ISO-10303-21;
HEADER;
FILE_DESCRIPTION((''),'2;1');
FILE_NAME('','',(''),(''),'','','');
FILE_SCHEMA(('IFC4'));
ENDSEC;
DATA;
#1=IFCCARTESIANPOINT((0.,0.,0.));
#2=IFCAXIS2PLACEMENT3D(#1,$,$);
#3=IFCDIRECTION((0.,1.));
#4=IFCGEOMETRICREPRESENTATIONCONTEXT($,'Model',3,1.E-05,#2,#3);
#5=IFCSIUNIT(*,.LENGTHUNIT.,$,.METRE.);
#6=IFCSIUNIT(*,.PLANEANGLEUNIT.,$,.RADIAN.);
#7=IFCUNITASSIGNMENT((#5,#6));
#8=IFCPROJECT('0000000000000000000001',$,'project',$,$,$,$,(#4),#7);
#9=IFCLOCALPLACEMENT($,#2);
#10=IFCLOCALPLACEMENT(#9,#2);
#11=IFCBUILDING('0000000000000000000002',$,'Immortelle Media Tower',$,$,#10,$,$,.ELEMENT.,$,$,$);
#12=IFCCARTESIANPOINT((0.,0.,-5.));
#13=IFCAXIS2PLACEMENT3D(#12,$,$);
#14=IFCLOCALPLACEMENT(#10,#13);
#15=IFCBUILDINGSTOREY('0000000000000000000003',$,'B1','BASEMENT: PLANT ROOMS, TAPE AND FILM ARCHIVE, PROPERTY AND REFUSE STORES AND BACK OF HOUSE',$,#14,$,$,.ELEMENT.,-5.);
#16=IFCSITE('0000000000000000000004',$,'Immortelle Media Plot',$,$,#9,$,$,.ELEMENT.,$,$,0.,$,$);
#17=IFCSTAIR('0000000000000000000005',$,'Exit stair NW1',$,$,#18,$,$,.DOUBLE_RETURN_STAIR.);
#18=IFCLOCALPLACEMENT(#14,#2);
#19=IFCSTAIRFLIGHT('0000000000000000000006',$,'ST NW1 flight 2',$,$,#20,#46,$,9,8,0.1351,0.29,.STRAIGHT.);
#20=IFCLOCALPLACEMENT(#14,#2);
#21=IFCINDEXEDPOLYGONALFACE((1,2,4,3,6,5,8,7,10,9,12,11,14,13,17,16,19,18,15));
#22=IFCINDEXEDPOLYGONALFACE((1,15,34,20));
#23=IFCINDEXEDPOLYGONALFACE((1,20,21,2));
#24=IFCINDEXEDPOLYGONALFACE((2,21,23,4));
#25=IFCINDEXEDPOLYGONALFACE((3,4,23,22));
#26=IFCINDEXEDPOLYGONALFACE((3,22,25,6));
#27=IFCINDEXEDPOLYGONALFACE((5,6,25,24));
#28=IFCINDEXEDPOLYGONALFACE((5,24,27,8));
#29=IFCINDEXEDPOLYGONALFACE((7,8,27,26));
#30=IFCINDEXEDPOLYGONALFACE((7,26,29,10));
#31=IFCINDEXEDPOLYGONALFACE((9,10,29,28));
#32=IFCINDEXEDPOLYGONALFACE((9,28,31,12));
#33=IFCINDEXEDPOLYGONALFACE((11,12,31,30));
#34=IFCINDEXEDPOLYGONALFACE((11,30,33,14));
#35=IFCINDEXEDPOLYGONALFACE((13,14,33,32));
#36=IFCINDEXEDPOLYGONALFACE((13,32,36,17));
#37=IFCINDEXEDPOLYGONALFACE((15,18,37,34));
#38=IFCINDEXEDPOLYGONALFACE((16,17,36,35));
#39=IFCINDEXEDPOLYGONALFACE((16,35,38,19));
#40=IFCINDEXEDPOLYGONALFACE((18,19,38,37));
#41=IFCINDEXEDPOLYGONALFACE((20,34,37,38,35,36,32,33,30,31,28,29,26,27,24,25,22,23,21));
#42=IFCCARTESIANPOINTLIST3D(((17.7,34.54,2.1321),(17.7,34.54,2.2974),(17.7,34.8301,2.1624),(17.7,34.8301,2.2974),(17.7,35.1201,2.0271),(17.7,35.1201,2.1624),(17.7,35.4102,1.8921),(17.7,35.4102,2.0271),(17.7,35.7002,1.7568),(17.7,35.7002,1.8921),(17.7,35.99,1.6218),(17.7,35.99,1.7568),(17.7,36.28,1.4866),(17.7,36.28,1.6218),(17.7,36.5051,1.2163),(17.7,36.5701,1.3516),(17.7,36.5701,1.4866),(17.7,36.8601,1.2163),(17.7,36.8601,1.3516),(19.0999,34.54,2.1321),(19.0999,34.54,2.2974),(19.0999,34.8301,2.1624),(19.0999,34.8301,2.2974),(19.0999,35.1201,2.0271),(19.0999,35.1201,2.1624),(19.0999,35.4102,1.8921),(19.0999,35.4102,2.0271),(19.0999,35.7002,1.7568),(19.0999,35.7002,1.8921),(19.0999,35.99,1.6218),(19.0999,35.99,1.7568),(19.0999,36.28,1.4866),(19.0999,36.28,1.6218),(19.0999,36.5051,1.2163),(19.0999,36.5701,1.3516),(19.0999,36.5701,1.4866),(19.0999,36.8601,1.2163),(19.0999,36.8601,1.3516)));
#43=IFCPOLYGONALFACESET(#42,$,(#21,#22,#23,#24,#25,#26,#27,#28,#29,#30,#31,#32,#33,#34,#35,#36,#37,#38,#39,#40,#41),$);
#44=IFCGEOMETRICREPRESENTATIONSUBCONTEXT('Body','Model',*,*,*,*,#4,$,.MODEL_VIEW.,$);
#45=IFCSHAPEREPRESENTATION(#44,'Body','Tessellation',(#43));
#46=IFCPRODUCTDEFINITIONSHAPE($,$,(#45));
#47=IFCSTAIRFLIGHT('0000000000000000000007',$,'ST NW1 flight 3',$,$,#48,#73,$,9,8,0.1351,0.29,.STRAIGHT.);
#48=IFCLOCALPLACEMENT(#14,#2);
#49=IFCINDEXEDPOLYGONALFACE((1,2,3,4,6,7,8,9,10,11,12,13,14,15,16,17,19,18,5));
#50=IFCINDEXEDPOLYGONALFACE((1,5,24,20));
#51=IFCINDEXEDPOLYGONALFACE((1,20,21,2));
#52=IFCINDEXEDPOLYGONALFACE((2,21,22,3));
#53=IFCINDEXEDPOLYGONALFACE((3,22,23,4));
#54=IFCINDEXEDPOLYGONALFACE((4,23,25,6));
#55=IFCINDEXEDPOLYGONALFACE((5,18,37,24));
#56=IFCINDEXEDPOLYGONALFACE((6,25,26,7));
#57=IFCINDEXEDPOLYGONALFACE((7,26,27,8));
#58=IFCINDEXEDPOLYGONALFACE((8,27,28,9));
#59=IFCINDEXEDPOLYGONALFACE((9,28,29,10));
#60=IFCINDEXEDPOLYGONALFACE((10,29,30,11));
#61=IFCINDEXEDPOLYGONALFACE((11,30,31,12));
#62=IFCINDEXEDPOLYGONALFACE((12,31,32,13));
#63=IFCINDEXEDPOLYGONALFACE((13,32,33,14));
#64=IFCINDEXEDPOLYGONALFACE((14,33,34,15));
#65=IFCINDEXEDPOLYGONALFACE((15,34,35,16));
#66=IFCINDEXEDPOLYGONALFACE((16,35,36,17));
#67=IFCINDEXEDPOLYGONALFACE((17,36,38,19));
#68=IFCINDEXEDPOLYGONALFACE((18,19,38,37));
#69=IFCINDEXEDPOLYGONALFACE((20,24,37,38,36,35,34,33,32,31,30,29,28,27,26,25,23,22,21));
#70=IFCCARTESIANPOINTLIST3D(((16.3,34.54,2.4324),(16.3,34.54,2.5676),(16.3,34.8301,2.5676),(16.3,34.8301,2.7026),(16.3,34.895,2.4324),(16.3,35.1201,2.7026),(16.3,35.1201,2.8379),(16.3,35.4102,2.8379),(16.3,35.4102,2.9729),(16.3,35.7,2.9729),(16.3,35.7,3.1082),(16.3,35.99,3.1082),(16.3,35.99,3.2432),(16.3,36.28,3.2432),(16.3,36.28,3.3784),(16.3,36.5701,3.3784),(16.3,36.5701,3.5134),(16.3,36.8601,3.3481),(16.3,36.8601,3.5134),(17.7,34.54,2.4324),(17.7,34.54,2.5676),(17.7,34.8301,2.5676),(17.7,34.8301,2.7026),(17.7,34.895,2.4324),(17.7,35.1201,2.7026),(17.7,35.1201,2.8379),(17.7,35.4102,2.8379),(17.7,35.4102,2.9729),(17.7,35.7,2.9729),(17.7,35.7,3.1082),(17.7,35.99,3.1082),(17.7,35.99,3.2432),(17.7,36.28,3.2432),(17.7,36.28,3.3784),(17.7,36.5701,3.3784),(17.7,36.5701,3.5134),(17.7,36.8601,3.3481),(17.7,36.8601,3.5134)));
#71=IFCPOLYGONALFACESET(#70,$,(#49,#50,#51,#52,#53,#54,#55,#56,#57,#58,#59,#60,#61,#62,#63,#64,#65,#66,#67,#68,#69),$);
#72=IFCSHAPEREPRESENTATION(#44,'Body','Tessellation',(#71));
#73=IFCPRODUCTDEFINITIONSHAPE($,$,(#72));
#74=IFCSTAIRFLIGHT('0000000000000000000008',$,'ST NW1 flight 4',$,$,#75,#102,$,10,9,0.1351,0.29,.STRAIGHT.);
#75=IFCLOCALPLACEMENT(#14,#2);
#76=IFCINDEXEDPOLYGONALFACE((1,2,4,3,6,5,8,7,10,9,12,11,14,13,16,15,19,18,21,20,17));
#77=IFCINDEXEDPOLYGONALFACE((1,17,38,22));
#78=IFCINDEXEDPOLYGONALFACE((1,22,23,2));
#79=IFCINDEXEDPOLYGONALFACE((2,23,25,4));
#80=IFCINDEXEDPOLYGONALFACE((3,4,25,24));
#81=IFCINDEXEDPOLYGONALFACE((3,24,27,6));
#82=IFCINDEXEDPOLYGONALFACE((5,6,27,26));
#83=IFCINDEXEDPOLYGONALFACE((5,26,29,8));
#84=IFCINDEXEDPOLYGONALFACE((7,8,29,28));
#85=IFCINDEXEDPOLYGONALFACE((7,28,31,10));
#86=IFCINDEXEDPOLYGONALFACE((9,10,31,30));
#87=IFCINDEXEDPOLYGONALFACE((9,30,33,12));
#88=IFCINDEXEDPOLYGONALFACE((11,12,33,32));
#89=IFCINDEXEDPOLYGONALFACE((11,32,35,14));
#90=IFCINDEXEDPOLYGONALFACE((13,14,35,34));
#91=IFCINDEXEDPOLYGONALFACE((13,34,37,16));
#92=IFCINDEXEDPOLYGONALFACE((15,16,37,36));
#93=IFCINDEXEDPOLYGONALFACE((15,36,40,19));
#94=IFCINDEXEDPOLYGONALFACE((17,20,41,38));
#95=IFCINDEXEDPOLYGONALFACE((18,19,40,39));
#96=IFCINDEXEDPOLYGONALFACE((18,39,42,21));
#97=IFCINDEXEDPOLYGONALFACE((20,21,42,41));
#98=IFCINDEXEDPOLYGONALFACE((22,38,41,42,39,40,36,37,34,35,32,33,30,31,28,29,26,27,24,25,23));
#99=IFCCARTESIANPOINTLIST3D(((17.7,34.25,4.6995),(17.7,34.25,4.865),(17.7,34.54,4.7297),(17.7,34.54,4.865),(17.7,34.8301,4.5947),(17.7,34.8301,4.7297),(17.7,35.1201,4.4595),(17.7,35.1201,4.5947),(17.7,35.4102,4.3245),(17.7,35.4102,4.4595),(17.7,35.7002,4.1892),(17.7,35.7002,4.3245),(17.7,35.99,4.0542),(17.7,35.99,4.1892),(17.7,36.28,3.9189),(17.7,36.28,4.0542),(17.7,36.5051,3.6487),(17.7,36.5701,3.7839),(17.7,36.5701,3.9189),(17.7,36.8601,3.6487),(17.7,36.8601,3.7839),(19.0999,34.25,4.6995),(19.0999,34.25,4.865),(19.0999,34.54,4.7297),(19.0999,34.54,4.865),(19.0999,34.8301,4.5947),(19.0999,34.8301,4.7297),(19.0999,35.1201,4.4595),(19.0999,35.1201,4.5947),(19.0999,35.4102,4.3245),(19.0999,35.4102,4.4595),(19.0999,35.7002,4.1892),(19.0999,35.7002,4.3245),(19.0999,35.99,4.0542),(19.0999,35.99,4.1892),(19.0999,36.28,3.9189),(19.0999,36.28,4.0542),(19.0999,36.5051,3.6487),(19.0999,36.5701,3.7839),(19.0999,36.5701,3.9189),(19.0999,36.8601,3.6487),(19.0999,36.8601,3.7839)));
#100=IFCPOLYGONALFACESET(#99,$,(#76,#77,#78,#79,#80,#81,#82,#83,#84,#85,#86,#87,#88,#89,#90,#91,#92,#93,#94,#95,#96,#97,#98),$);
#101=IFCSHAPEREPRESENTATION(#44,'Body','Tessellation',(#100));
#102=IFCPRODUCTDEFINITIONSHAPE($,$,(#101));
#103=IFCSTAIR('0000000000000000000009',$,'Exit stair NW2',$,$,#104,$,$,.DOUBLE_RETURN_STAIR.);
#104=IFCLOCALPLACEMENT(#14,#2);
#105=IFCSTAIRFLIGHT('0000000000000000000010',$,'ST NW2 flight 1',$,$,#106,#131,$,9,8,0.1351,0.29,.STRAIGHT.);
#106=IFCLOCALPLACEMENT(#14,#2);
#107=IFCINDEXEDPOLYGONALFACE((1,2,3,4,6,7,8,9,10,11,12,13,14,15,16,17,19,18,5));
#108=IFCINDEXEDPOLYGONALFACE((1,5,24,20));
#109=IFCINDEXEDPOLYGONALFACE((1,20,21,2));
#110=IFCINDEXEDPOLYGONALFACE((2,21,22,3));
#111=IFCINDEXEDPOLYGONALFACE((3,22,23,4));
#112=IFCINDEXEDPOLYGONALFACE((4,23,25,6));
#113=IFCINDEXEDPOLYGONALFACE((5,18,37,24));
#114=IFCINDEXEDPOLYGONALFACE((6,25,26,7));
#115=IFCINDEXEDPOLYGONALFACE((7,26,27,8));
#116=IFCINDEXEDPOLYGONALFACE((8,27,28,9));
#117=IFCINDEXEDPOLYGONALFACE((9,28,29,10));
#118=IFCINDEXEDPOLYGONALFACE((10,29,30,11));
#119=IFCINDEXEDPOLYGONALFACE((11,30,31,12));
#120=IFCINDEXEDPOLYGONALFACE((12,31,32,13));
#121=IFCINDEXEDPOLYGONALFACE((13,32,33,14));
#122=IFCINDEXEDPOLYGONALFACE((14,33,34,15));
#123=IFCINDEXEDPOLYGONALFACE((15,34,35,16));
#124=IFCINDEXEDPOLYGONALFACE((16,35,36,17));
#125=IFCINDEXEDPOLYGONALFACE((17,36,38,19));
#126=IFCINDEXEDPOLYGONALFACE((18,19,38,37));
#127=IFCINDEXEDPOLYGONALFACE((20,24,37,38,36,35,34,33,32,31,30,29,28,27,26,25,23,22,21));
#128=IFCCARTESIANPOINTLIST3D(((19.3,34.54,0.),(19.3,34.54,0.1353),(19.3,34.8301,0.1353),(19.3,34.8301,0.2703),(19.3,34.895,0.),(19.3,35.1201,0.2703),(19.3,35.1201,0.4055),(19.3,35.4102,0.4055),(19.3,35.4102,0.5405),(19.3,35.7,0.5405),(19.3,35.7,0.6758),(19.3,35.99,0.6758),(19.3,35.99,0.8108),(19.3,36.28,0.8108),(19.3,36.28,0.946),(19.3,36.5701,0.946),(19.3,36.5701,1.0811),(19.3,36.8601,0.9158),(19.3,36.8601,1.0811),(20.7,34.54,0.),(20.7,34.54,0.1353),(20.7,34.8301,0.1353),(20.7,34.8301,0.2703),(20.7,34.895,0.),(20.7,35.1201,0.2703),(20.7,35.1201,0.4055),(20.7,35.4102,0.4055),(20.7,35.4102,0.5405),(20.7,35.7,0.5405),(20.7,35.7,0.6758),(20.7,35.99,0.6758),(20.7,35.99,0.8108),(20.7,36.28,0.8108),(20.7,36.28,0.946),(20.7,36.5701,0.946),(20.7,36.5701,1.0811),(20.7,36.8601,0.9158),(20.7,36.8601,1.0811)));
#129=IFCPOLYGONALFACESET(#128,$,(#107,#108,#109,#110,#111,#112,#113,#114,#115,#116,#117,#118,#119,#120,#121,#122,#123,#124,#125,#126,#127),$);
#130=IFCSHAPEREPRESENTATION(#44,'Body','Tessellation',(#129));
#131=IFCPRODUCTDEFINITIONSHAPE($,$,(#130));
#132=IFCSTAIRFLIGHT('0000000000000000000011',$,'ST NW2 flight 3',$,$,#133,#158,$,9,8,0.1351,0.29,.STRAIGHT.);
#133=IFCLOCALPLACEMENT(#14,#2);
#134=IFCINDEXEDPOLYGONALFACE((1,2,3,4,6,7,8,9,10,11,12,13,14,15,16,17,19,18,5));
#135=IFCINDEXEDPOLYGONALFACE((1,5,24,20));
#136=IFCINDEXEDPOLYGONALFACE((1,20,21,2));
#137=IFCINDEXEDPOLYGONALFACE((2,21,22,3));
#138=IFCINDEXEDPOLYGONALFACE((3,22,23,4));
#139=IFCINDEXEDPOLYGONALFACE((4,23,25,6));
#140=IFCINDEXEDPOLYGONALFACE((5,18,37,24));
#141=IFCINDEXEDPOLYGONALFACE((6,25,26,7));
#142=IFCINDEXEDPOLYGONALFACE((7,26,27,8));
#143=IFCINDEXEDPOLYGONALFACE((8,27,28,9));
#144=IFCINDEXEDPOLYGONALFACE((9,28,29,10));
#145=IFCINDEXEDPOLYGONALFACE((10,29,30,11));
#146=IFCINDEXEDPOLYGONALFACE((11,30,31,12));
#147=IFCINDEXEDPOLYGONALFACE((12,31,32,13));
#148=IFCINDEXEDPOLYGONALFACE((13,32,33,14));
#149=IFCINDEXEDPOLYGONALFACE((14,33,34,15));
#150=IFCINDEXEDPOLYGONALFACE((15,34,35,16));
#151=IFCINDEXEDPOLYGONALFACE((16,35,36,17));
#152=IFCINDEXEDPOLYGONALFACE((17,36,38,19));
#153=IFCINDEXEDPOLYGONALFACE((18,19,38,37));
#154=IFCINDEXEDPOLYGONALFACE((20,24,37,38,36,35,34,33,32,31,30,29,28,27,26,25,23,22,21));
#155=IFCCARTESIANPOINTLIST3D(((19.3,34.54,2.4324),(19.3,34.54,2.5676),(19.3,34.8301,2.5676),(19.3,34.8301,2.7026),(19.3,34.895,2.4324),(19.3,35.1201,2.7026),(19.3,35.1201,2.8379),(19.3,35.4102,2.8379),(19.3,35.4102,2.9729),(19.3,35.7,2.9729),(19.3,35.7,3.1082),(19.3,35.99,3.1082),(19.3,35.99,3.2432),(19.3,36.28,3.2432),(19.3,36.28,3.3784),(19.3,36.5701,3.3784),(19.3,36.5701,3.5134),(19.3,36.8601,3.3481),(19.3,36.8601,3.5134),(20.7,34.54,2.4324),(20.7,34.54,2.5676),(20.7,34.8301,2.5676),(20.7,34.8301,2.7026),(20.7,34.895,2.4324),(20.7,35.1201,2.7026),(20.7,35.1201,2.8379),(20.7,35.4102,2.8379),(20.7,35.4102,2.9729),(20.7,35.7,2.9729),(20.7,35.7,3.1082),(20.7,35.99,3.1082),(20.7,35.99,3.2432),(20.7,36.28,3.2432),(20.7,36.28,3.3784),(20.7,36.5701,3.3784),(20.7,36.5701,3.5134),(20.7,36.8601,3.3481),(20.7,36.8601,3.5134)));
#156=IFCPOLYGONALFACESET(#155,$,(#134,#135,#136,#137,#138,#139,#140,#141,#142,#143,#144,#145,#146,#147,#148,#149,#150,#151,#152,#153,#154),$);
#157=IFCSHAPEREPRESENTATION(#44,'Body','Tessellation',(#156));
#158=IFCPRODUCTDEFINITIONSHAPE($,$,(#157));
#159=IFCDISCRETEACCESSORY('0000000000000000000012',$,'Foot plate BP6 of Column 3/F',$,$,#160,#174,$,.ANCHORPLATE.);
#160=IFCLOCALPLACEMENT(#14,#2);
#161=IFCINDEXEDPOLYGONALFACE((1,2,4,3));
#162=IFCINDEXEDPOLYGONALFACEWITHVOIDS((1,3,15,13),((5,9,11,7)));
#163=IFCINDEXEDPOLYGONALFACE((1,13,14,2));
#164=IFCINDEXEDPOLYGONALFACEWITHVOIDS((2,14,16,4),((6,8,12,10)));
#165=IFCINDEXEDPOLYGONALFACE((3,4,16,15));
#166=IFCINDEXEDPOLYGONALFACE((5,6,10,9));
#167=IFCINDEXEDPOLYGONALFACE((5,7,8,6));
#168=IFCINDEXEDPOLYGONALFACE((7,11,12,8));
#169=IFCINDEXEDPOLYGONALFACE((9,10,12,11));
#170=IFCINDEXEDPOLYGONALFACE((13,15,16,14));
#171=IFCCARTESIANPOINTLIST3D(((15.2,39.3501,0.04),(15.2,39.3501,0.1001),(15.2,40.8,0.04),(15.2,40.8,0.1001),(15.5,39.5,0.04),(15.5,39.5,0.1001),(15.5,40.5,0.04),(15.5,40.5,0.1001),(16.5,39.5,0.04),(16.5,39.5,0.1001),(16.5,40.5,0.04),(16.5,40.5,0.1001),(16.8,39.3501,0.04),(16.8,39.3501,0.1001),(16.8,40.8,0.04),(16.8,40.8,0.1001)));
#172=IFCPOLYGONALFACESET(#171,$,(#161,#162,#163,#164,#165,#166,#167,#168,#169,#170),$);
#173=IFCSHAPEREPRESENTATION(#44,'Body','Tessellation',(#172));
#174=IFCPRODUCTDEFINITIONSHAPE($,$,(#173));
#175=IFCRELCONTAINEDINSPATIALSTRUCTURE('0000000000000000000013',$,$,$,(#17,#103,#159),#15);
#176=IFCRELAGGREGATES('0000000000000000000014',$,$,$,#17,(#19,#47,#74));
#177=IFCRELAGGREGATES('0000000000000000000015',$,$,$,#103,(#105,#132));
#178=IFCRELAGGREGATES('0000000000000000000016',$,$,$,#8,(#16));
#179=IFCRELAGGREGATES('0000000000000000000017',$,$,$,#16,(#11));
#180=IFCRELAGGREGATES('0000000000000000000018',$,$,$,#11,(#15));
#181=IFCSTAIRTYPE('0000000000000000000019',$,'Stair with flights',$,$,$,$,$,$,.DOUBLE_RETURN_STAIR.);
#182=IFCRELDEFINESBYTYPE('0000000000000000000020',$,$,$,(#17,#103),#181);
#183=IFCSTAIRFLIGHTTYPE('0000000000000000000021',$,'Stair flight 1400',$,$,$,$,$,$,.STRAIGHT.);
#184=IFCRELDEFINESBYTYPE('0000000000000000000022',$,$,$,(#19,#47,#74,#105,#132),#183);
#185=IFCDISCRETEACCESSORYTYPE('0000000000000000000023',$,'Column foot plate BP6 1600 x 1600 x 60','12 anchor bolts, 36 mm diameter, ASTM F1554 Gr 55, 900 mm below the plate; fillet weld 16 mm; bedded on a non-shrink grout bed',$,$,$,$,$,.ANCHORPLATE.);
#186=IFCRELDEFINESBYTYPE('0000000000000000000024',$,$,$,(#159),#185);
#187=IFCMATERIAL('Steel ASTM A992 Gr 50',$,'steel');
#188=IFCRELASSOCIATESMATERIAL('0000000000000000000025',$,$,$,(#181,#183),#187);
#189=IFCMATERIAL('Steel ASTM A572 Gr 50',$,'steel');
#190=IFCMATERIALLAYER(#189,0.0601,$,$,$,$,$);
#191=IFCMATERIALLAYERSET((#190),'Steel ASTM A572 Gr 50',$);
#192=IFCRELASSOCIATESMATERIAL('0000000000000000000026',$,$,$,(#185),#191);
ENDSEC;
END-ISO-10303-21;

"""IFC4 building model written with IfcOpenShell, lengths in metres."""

from ifc_helpers import new_model, si_unit, direction, frame, origin, place, context, subcontext, project, spatial, polyline, outline, extrude, material, layer, layer_set, type_object, element, aggregate, save


model = new_model("IFC4")

# Units and contexts
model_context = context("Model", 3, precision=1e-05, world=origin(), true_north=direction((0.0, 1.0)))
body_context = subcontext(model_context, "Body", "Model", "MODEL_VIEW")
ifc_project = project(units=[si_unit("LENGTHUNIT", "METRE"), si_unit("PLANEANGLEUNIT", "RADIAN")], contexts=[model_context])

# Site, building, storey
site_placement = place(None, origin())
site = spatial("IfcSite", under=ifc_project, at=site_placement, Name="Immortelle Media Plot", CompositionType="ELEMENT", RefElevation=0.0)
building_placement = place(site_placement, origin())
building = spatial("IfcBuilding", under=site, at=building_placement, Name="Immortelle Media Tower", CompositionType="ELEMENT")
storey_placement = place(building_placement, frame((0.0, 0.0, -5.0)))
storey = spatial("IfcBuildingStorey", under=building, at=storey_placement, Name="B1", Description="BASEMENT: PLANT ROOMS, TAPE AND FILM ARCHIVE, PROPERTY AND REFUSE STORES AND BACK OF HOUSE", CompositionType="ELEMENT", Elevation=-5.0)

# Shared definitions
ifc_material_1 = material(Name="Steel ASTM A572 Gr 50", Category="steel")

# Stairs, stair flights
ifc_material_2 = material(Name="Steel ASTM A992 Gr 50", Category="steel")
stair_type = type_object("IfcStairType", Name="Stair with flights", PredefinedType="DOUBLE_RETURN_STAIR", material=ifc_material_2)
stair_1_placement = place(storey_placement, origin())
stair_1 = element("IfcStair", 1, at=stair_1_placement, inside=storey, type_object=stair_type, Name="Exit stair NW1", PredefinedType="DOUBLE_RETURN_STAIR")
stair_flight_type = type_object("IfcStairFlightType", Name="Stair flight 1400", PredefinedType="STRAIGHT", material=ifc_material_2)
stair_flight_1_placement = place(storey_placement, frame((18.3999, 36.8601, 1.2163), z_axis=(0.0, 0.0, 1.0), x_axis=(0.0, -1.0, 0.0)))
stair_flight_1 = element("IfcStairFlight", 2, at=stair_flight_1_placement, type_object=stair_flight_type, Name="ST NW1 flight 2", NumberOfRisers=9, NumberOfTreads=8, PredefinedType="STRAIGHT", RiserHeight=0.1351, TreadLength=0.29, context=body_context, shape_type="SweptSolid", body=[
    extrude(outline(polyline([(0.0, 0.0), (0.0, 0.1353), (0.29, 0.1353), (0.29, 0.2703), (0.5801, 0.2703), (0.5801, 0.4055), (0.8701, 0.4055), (0.8701, 0.5405), (1.1599, 0.5405), (1.1599, 0.6758), (1.45, 0.6758), (1.45, 0.8108), (1.74, 0.8108), (1.74, 0.946), (2.03, 0.946), (2.03, 1.0811), (2.3201, 1.0811), (2.3201, 1.2163), (2.3201, 0.9158), (0.355, 0.0), (0.0, 0.0)])), frame((0.0, 0.7, 0.0), z_axis=(0.0, -1.0, 0.0), x_axis=(1.0, 0.0, 0.0)), (0.0, 0.0, 1.0), 1.3999),
])
stair_flight_2_placement = place(storey_placement, frame((17.0, 34.54, 2.4324), z_axis=(0.0, 0.0, 1.0), x_axis=(0.0, 1.0, 0.0)))
stair_flight_2 = element("IfcStairFlight", 3, at=stair_flight_2_placement, type_object=stair_flight_type, Name="ST NW1 flight 3", NumberOfRisers=9, NumberOfTreads=8, PredefinedType="STRAIGHT", RiserHeight=0.1351, TreadLength=0.29, context=body_context, shape_type="SweptSolid", body=[
    extrude(outline(polyline([(0.0, 0.0), (0.0, 0.1353), (0.29, 0.1353), (0.29, 0.2703), (0.5801, 0.2703), (0.5801, 0.4055), (0.8701, 0.4055), (0.8701, 0.5405), (1.1599, 0.5405), (1.1599, 0.6758), (1.45, 0.6758), (1.45, 0.8108), (1.74, 0.8108), (1.74, 0.946), (2.03, 0.946), (2.03, 1.0811), (2.3201, 1.0811), (2.3201, 1.2163), (2.3201, 0.9158), (0.355, 0.0), (0.0, 0.0)])), frame((0.0, 0.7, 0.0), z_axis=(0.0, -1.0, 0.0), x_axis=(1.0, 0.0, 0.0)), (0.0, 0.0, 1.0), 1.3999),
])
stair_flight_3_placement = place(storey_placement, frame((18.3999, 36.8601, 3.6487), z_axis=(0.0, 0.0, 1.0), x_axis=(0.0, -1.0, 0.0)))
stair_flight_3 = element("IfcStairFlight", 4, at=stair_flight_3_placement, type_object=stair_flight_type, Name="ST NW1 flight 4", NumberOfRisers=10, NumberOfTreads=9, PredefinedType="STRAIGHT", RiserHeight=0.1351, TreadLength=0.29, context=body_context, shape_type="SweptSolid", body=[
    extrude(outline(polyline([(0.0, 0.0), (0.0, 0.1353), (0.29, 0.1353), (0.29, 0.2703), (0.5801, 0.2703), (0.5801, 0.4055), (0.8701, 0.4055), (0.8701, 0.5405), (1.1599, 0.5405), (1.1599, 0.6758), (1.45, 0.6758), (1.45, 0.8108), (1.74, 0.8108), (1.74, 0.946), (2.03, 0.946), (2.03, 1.0811), (2.3201, 1.0811), (2.3201, 1.2163), (2.6101, 1.2163), (2.6101, 1.3513), (2.6101, 1.0508), (0.355, 0.0), (0.0, 0.0)])), frame((0.0, 0.7, 0.0), z_axis=(0.0, -1.0, 0.0), x_axis=(1.0, 0.0, 0.0)), (0.0, 0.0, 1.0), 1.3999),
])
aggregate(stair_1, [stair_flight_1, stair_flight_2, stair_flight_3])
stair_2_placement = place(storey_placement, origin())
stair_2 = element("IfcStair", 5, at=stair_2_placement, inside=storey, type_object=stair_type, Name="Exit stair NW2", PredefinedType="DOUBLE_RETURN_STAIR")
stair_flight_4_placement = place(storey_placement, frame((20.0, 34.54, 0.0), z_axis=(0.0, 0.0, 1.0), x_axis=(0.0, 1.0, 0.0)))
stair_flight_4 = element("IfcStairFlight", 6, at=stair_flight_4_placement, type_object=stair_flight_type, Name="ST NW2 flight 1", NumberOfRisers=9, NumberOfTreads=8, PredefinedType="STRAIGHT", RiserHeight=0.1351, TreadLength=0.29, context=body_context, shape_type="SweptSolid", body=[
    extrude(outline(polyline([(0.0, 0.0), (0.0, 0.1353), (0.29, 0.1353), (0.29, 0.2703), (0.5801, 0.2703), (0.5801, 0.4055), (0.8701, 0.4055), (0.8701, 0.5405), (1.1599, 0.5405), (1.1599, 0.6758), (1.45, 0.6758), (1.45, 0.8108), (1.74, 0.8108), (1.74, 0.946), (2.03, 0.946), (2.03, 1.0811), (2.3201, 1.0811), (2.3201, 1.2163), (2.3201, 0.9158), (0.355, 0.0), (0.0, 0.0)])), frame((0.0, 0.7, 0.0), z_axis=(0.0, -1.0, 0.0), x_axis=(1.0, 0.0, 0.0)), (0.0, 0.0, 1.0), 1.3999),
])
stair_flight_5_placement = place(storey_placement, frame((20.0, 34.54, 2.4324), z_axis=(0.0, 0.0, 1.0), x_axis=(0.0, 1.0, 0.0)))
stair_flight_5 = element("IfcStairFlight", 7, at=stair_flight_5_placement, type_object=stair_flight_type, Name="ST NW2 flight 3", NumberOfRisers=9, NumberOfTreads=8, PredefinedType="STRAIGHT", RiserHeight=0.1351, TreadLength=0.29, context=body_context, shape_type="SweptSolid", body=[
    extrude(outline(polyline([(0.0, 0.0), (0.0, 0.1353), (0.29, 0.1353), (0.29, 0.2703), (0.5801, 0.2703), (0.5801, 0.4055), (0.8701, 0.4055), (0.8701, 0.5405), (1.1599, 0.5405), (1.1599, 0.6758), (1.45, 0.6758), (1.45, 0.8108), (1.74, 0.8108), (1.74, 0.946), (2.03, 0.946), (2.03, 1.0811), (2.3201, 1.0811), (2.3201, 1.2163), (2.3201, 0.9158), (0.355, 0.0), (0.0, 0.0)])), frame((0.0, 0.7, 0.0), z_axis=(0.0, -1.0, 0.0), x_axis=(1.0, 0.0, 0.0)), (0.0, 0.0, 1.0), 1.3999),
])
aggregate(stair_2, [stair_flight_4, stair_flight_5])

# Discrete accessory
ifc_layer_1 = layer(ifc_material_1, 0.0601)
ifc_layer_set_1 = layer_set([ifc_layer_1], Name="Steel ASTM A572 Gr 50")
discrete_accessory_type = type_object("IfcDiscreteAccessoryType", Name="Column foot plate BP6 1600 x 1600 x 60", Description="12 anchor bolts, 36 mm diameter, ASTM F1554 Gr 55, 900 mm below the plate; fillet weld 16 mm; bedded on a non-shrink grout bed", PredefinedType="ANCHORPLATE", material=ifc_layer_set_1)
discrete_accessory_1_placement = place(storey_placement, frame((16.0, 40.0, 0.04), z_axis=(0.0, 0.0, 1.0), x_axis=(1.0, 0.0, 0.0)))
element("IfcDiscreteAccessory", 8, at=discrete_accessory_1_placement, inside=storey, type_object=discrete_accessory_type, Name="Foot plate BP6 of Column 3/F", PredefinedType="ANCHORPLATE", context=body_context, shape_type="SweptSolid", body=[
    extrude(outline(polyline([(0.8, 0.8), (-0.8, 0.8), (-0.8, -0.6499), (0.8, -0.6499), (0.8, 0.8)]), holes=[polyline([(0.5, 0.5), (0.5, -0.5), (-0.5, -0.5), (-0.5, 0.5), (0.5, 0.5)])]), origin(), (0.0, 0.0, 1.0), 0.0601),
])

save(model, "model.ifc")
